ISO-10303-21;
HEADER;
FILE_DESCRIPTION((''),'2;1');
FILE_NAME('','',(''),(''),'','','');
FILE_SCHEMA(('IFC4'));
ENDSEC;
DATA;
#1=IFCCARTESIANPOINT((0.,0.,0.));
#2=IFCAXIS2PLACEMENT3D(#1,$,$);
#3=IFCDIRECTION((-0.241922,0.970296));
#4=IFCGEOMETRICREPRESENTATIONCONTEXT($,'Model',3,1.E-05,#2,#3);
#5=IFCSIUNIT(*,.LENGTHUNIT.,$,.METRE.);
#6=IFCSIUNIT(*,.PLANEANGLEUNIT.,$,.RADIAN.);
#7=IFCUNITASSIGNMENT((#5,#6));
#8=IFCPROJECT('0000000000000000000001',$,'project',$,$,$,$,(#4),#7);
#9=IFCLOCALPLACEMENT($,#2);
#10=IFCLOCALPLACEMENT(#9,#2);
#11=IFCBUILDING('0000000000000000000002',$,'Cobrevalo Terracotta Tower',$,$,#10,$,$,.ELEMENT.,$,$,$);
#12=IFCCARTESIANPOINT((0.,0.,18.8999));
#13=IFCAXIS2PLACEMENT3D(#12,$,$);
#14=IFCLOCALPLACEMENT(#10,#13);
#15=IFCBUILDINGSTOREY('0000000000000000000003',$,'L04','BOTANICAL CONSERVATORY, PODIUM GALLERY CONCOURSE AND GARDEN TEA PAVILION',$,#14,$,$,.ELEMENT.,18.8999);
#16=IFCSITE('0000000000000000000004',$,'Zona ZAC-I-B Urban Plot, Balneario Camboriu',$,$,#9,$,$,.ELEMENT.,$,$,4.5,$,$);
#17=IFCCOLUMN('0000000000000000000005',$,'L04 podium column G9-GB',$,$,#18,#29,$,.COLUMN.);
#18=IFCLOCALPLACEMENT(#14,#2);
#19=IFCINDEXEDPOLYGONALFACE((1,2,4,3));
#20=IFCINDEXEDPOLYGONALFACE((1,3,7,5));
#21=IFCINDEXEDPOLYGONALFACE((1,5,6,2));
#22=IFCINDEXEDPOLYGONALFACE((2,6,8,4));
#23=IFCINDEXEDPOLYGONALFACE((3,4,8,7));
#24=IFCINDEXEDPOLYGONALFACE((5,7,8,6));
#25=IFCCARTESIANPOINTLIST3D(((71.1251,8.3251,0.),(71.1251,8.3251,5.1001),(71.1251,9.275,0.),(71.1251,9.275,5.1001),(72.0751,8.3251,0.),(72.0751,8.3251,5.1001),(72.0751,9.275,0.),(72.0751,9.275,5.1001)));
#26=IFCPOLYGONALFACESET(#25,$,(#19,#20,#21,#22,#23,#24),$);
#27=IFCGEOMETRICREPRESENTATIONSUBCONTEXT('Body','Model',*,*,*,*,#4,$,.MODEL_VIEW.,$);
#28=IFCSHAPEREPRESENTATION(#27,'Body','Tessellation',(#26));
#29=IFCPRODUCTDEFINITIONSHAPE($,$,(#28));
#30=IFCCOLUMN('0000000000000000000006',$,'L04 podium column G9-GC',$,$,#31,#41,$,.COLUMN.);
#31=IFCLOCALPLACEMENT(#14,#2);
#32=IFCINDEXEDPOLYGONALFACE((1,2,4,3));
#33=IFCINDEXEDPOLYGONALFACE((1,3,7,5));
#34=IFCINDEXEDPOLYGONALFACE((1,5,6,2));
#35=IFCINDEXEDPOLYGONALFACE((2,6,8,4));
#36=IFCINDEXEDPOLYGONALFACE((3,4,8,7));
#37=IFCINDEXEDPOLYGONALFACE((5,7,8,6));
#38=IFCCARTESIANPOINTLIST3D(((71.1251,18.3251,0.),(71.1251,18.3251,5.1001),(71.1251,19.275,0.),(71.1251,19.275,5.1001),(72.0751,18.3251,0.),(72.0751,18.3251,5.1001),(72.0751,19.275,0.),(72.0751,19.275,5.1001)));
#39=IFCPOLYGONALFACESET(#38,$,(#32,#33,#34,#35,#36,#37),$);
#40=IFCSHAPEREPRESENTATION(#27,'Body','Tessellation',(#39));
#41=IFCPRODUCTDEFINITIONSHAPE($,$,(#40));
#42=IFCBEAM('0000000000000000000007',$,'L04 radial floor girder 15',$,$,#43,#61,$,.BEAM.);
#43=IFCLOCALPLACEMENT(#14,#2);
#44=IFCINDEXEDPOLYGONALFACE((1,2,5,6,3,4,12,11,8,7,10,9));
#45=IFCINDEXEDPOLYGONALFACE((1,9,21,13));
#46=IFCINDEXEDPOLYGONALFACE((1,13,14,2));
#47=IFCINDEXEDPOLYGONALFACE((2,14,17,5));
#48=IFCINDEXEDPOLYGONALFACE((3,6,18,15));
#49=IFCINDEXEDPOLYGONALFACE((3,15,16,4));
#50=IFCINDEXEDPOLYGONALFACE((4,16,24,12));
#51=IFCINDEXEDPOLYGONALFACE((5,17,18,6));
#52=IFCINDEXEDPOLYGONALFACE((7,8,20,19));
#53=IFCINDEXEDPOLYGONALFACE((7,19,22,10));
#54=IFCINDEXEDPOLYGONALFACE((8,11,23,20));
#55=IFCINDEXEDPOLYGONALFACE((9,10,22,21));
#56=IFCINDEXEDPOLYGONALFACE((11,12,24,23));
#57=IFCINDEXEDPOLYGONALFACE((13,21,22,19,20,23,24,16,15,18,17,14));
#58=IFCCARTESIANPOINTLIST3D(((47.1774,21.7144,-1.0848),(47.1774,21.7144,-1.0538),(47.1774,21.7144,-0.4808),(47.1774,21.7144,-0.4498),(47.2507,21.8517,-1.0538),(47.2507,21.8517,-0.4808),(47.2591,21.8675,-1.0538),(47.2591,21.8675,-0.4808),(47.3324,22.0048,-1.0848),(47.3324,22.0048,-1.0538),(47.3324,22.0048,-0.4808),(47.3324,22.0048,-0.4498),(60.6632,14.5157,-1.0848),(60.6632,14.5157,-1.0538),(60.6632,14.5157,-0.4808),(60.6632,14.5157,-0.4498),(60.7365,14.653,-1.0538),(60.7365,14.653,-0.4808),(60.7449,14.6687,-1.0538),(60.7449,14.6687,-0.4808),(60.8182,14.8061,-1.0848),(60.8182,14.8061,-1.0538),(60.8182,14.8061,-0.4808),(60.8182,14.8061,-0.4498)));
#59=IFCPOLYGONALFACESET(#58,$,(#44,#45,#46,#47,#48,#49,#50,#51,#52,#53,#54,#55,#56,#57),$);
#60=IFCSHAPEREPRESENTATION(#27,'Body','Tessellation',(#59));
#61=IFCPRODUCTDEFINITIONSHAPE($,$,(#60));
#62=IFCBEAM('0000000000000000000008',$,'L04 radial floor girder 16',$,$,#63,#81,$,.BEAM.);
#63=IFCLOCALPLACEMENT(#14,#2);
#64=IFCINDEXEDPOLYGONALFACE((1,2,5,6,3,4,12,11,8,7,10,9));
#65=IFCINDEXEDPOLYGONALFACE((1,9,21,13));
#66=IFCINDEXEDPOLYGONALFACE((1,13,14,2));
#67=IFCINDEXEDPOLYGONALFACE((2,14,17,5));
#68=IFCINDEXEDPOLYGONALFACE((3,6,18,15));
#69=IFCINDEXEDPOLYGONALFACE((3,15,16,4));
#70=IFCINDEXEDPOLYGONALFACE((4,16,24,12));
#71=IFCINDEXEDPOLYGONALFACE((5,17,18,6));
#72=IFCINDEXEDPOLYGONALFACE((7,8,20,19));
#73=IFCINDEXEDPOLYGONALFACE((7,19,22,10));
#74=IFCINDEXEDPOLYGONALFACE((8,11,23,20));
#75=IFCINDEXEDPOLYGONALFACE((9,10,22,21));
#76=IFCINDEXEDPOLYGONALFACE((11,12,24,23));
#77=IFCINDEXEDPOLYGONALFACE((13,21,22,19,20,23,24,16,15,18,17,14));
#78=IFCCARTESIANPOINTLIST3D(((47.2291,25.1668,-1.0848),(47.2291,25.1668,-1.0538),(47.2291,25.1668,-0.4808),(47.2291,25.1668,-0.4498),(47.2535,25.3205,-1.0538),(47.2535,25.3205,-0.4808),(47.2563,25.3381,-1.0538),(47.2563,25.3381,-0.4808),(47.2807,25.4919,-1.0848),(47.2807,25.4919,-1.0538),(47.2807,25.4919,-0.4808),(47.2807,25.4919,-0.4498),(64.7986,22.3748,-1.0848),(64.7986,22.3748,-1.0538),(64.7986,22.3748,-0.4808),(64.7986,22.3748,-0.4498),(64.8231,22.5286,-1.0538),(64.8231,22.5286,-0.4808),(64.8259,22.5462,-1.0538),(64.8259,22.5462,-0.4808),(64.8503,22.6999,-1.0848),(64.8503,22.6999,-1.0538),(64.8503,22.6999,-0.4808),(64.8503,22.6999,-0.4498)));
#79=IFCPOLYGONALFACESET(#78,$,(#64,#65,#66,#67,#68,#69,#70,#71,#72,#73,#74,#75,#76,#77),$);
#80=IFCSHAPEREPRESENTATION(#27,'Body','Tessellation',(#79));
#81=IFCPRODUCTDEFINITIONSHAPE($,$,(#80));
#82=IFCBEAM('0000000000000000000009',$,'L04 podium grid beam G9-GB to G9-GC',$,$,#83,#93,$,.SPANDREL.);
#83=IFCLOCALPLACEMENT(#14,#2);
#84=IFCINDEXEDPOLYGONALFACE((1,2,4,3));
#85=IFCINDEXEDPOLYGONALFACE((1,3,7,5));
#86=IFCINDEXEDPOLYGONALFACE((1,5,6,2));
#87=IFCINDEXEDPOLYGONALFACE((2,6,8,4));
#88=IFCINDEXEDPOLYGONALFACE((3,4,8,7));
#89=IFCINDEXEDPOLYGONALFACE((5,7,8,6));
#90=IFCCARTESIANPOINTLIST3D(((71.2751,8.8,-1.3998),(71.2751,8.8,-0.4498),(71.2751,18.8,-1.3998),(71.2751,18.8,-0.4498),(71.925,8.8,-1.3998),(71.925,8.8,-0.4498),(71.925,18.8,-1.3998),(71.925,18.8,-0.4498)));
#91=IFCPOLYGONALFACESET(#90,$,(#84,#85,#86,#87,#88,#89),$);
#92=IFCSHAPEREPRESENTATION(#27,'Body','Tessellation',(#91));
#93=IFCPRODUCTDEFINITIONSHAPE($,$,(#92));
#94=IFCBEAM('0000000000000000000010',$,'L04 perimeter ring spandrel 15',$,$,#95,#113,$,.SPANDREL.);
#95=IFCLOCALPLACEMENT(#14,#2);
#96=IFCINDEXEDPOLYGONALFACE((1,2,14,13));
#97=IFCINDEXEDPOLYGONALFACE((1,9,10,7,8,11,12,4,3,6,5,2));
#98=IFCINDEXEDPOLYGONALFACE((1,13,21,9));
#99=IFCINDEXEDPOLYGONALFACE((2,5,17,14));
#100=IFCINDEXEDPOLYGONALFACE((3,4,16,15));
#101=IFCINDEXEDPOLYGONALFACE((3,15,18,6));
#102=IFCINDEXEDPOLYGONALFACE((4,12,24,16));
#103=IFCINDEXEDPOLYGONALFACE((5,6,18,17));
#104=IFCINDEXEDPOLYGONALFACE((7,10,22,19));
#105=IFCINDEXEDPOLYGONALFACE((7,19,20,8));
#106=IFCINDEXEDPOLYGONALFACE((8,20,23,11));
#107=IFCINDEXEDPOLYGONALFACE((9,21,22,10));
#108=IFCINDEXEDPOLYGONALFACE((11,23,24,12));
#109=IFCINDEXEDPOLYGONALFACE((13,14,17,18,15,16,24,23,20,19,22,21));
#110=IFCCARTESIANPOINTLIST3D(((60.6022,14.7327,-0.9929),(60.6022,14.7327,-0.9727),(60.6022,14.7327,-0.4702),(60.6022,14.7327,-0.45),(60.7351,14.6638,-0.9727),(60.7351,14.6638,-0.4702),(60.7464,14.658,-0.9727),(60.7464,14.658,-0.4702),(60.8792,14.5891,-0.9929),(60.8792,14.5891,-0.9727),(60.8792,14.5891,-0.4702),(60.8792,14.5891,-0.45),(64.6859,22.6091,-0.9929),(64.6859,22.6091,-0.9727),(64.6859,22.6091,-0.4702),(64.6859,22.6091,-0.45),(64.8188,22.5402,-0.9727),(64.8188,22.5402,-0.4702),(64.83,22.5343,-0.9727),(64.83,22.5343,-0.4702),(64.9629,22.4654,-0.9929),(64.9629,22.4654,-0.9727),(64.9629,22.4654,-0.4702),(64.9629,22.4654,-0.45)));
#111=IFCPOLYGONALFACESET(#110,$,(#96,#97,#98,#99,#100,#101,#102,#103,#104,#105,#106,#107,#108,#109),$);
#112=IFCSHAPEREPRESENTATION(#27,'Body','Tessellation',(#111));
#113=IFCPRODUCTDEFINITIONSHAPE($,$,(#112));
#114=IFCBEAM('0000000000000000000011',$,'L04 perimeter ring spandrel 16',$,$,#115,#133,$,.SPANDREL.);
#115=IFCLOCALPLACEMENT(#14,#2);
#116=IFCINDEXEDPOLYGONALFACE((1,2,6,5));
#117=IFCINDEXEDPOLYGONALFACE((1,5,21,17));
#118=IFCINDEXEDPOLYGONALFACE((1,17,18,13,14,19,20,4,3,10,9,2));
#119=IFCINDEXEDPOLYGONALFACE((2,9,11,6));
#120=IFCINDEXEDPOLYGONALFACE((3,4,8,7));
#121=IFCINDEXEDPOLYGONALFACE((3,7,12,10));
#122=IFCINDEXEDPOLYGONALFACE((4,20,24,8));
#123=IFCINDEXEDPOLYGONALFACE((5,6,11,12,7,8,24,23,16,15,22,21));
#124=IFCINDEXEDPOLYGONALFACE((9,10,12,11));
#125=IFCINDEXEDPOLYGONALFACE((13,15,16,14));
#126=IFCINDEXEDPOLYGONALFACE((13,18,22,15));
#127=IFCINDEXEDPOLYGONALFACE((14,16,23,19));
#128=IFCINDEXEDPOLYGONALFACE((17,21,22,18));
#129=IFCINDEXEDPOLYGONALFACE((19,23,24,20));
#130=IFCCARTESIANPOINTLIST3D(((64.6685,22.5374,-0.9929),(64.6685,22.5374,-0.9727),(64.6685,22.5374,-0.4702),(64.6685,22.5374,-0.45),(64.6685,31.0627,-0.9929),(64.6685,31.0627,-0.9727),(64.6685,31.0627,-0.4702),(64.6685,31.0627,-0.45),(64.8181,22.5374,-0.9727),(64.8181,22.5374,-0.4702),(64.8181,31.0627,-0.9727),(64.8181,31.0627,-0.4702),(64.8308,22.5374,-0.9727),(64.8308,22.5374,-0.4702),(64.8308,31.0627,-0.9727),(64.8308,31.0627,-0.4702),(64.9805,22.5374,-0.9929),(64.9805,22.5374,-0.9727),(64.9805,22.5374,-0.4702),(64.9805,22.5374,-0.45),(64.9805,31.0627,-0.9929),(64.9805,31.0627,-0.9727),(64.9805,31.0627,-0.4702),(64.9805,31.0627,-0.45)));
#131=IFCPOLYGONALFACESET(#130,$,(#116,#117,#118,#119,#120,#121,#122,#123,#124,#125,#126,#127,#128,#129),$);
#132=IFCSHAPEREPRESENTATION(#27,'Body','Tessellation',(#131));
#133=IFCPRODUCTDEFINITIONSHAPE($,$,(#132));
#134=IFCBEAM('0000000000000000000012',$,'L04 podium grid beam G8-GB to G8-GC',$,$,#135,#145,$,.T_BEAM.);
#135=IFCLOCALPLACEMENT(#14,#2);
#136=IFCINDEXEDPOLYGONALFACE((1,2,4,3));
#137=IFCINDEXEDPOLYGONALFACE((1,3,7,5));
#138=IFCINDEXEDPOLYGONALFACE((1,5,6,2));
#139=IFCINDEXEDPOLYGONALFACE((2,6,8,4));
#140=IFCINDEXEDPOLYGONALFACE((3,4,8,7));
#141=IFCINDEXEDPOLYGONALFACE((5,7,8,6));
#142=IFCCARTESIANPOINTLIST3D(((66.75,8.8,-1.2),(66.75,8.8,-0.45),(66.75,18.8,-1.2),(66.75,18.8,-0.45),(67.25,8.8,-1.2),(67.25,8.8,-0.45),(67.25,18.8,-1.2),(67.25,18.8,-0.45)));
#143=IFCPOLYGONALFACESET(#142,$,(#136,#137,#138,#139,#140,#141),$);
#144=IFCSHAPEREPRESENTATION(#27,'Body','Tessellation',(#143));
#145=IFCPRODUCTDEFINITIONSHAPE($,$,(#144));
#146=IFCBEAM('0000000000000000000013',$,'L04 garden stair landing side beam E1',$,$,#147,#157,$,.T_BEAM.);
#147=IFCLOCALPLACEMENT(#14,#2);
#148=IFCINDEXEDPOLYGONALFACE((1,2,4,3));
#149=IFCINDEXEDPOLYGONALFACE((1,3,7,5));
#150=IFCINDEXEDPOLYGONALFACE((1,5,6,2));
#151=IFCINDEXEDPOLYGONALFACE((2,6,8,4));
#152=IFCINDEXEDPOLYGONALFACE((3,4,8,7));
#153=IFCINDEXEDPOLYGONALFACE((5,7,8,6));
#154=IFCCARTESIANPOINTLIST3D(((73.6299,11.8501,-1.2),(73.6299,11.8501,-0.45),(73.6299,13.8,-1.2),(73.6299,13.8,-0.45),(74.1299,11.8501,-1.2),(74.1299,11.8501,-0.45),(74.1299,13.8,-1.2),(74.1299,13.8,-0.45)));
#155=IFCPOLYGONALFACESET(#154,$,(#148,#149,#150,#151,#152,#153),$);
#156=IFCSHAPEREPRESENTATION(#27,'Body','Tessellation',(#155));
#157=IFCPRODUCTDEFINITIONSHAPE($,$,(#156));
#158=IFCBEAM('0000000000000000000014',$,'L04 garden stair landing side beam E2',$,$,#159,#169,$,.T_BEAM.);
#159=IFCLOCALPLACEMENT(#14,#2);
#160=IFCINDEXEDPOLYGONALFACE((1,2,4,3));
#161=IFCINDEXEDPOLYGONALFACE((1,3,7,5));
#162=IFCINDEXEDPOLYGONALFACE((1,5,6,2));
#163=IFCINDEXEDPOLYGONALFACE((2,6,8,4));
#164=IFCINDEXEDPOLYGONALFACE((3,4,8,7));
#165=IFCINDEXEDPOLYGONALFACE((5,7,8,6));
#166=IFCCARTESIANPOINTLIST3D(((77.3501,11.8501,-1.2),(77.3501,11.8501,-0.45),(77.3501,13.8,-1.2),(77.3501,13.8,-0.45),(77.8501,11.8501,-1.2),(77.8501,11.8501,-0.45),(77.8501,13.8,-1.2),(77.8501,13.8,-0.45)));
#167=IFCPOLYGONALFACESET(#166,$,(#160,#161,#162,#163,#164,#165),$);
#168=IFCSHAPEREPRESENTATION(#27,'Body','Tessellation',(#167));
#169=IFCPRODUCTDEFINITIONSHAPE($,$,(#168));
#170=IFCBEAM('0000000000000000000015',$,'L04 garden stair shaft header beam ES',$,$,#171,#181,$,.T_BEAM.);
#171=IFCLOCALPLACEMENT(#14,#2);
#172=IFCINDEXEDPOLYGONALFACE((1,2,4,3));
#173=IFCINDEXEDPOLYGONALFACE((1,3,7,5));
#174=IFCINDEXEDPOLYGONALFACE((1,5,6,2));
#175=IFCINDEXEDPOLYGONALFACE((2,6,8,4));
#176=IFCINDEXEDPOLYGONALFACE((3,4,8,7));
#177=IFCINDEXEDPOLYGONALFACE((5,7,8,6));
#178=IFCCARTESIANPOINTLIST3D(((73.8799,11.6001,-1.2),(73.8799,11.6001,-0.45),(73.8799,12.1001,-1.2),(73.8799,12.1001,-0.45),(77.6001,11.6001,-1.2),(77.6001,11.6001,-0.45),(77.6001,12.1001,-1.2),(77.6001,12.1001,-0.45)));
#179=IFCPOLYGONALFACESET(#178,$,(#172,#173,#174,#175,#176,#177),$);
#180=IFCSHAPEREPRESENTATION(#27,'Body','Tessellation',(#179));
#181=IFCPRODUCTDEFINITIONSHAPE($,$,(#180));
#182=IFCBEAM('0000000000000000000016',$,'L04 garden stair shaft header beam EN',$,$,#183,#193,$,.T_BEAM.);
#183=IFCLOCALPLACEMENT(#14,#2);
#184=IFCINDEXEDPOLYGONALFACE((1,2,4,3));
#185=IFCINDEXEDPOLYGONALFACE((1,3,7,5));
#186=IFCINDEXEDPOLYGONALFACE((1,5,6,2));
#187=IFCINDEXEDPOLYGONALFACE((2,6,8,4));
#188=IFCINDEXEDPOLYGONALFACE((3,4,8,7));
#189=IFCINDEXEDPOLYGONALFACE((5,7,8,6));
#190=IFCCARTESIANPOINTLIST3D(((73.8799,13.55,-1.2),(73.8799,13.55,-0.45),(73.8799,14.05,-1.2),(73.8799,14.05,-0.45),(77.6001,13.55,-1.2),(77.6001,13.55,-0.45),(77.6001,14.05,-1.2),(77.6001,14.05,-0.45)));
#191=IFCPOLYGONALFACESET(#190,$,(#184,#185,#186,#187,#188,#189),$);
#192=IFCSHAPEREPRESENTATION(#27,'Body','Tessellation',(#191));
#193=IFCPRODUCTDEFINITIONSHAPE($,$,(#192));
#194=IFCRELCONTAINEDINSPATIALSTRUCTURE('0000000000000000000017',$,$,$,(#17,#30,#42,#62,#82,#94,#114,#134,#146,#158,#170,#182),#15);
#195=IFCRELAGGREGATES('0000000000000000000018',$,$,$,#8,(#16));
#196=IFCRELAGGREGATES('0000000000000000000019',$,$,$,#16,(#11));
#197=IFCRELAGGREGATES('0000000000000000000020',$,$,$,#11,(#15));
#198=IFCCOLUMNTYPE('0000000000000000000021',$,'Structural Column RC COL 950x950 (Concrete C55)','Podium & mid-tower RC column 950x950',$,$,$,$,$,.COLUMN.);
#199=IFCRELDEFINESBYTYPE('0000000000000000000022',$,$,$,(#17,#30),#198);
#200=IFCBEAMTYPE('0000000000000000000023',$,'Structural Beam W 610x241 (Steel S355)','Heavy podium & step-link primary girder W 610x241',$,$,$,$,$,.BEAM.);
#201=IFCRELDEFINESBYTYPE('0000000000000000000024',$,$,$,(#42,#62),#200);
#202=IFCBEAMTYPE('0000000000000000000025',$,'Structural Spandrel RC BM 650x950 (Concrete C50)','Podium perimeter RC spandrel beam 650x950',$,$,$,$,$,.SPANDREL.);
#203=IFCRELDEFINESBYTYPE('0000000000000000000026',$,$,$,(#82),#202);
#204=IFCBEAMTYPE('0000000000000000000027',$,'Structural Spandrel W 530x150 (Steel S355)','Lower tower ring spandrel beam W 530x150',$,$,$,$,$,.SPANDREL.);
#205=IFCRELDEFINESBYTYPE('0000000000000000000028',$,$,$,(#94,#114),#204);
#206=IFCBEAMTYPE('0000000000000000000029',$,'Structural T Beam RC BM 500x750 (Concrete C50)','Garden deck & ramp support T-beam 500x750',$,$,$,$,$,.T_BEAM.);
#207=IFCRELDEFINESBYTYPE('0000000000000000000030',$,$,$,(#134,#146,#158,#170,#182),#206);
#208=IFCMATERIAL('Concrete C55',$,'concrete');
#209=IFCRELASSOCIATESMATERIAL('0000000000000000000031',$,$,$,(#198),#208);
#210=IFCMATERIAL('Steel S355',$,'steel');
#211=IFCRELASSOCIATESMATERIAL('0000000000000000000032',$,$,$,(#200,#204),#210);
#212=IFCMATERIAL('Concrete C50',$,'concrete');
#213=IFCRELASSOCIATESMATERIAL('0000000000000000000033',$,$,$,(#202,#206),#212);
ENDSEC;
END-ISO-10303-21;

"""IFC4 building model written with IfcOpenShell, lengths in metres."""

from ifc_helpers import new_model, si_unit, direction, frame, origin, origin_2d, place, context, subcontext, project, spatial, rectangle, i_section, extrude, material, material_profile, profile_set, type_object, element, save


model = new_model("IFC4")

# Units and contexts
model_context = context("Model", 3, precision=1e-05, world=origin(), true_north=direction((-0.241922, 0.970296)))
body_context = subcontext(model_context, "Body", "Model", "MODEL_VIEW")
ifc_project = project(units=[si_unit("LENGTHUNIT", "METRE"), si_unit("PLANEANGLEUNIT", "RADIAN")], contexts=[model_context])

# Site, building, storey
site_placement = place(None, origin())
site = spatial("IfcSite", under=ifc_project, at=site_placement, Name="Zona ZAC-I-B Urban Plot, Balneario Camboriu", CompositionType="ELEMENT", RefElevation=4.5)
building_placement = place(site_placement, origin())
building = spatial("IfcBuilding", under=site, at=building_placement, Name="Cobrevalo Terracotta Tower", CompositionType="ELEMENT")
storey_placement = place(building_placement, frame((0.0, 0.0, 18.8999)))
storey = spatial("IfcBuildingStorey", under=building, at=storey_placement, Name="L04", Description="BOTANICAL CONSERVATORY, PODIUM GALLERY CONCOURSE AND GARDEN TEA PAVILION", CompositionType="ELEMENT", Elevation=18.8999)

# Columns
ifc_material_1 = material(Name="Steel S355", Category="steel")
ifc_material_2 = material(Name="Concrete C50", Category="concrete")
ifc_material_3 = material(Name="Concrete C55", Category="concrete")
ifc_material_profile_1 = material_profile(ifc_material_3, rectangle(XDim=0.95, YDim=0.95, at=origin_2d()), Name="RC COL 950x950")
ifc_profile_set_1 = profile_set([ifc_material_profile_1], Name="Concrete C55")
column_type_1 = type_object("IfcColumnType", Name="Structural Column RC COL 950x950 (Concrete C55)", Description="Podium & mid-tower RC column 950x950", PredefinedType="COLUMN", material=ifc_profile_set_1)
for number, where, z_axis, x_axis, name in (
    (1, (71.6001, 8.8, 0.0), (0.0, 0.0, 1.0), (1.0, 0.0, 0.0), "L04 podium column G9-GB"),
    (2, (71.6001, 18.8, 0.0), (0.0, 0.0, 1.0), (1.0, 0.0, 0.0), "L04 podium column G9-GC"),
):
    element("IfcColumn", number, at=place(storey_placement, frame(where, z_axis=z_axis, x_axis=x_axis)), inside=storey, type_object=column_type_1, Name=name, PredefinedType="COLUMN", context=body_context, shape_type="SweptSolid", body=[
        extrude(rectangle(XDim=0.95, YDim=0.95, at=origin_2d()), origin(), (0.0, 0.0, 1.0), 5.1001),
    ])

# Beams
ifc_material_profile_2 = material_profile(ifc_material_1, i_section(OverallWidth=0.3291, OverallDepth=0.635, WebThickness=0.0178, FlangeThickness=0.031, at=origin_2d()), Name="W 610x241")
ifc_profile_set_2 = profile_set([ifc_material_profile_2], Name="Steel S355")
beam_type_1 = type_object("IfcBeamType", Name="Structural Beam W 610x241 (Steel S355)", Description="Heavy podium & step-link primary girder W 610x241", PredefinedType="BEAM", material=ifc_profile_set_2)
beam_1_placement = place(storey_placement, frame((60.7407, 14.6609, -0.7673), z_axis=(-0.882182, 0.470908, 0.0), x_axis=(-0.470908, -0.882182, 0.0)))
element("IfcBeam", 3, at=beam_1_placement, inside=storey, type_object=beam_type_1, Name="L04 radial floor girder 15", PredefinedType="BEAM", context=body_context, shape_type="SweptSolid", body=[
    extrude(i_section(OverallWidth=0.3291, OverallDepth=0.635, WebThickness=0.0178, FlangeThickness=0.031, at=origin_2d()), origin(), (0.0, 0.0, 1.0), 15.2869),
])
beam_2_placement = place(storey_placement, frame((64.8245, 22.5374, -0.7673), z_axis=(-0.987608, 0.156941, 0.0), x_axis=(-0.156941, -0.987608, 0.0)))
element("IfcBeam", 4, at=beam_2_placement, inside=storey, type_object=beam_type_1, Name="L04 radial floor girder 16", PredefinedType="BEAM", context=body_context, shape_type="SweptSolid", body=[
    extrude(i_section(OverallWidth=0.3291, OverallDepth=0.635, WebThickness=0.0178, FlangeThickness=0.031, at=origin_2d()), origin(), (0.0, 0.0, 1.0), 17.79),
])
ifc_material_profile_3 = material_profile(ifc_material_2, rectangle(XDim=0.6499, YDim=0.95, at=origin_2d()), Name="RC BM 650x950")
ifc_profile_set_3 = profile_set([ifc_material_profile_3], Name="Concrete C50")
beam_type_2 = type_object("IfcBeamType", Name="Structural Spandrel RC BM 650x950 (Concrete C50)", Description="Podium perimeter RC spandrel beam 650x950", PredefinedType="SPANDREL", material=ifc_profile_set_3)
beam_3_placement = place(storey_placement, frame((71.6001, 8.8, -0.9248), z_axis=(0.0, 1.0, 0.0), x_axis=(-1.0, 0.0, 0.0)))
element("IfcBeam", 5, at=beam_3_placement, inside=storey, type_object=beam_type_2, Name="L04 podium grid beam G9-GB to G9-GC", PredefinedType="SPANDREL", context=body_context, shape_type="SweptSolid", body=[
    extrude(rectangle(XDim=0.6499, YDim=0.95, at=origin_2d()), origin(), (0.0, 0.0, 1.0), 10.0),
])
ifc_material_profile_4 = material_profile(ifc_material_1, i_section(OverallWidth=0.312, OverallDepth=0.543, WebThickness=0.0127, FlangeThickness=0.0203, at=origin_2d()), Name="W 530x150")
ifc_profile_set_4 = profile_set([ifc_material_profile_4], Name="Steel S355")
beam_type_3 = type_object("IfcBeamType", Name="Structural Spandrel W 530x150 (Steel S355)", Description="Lower tower ring spandrel beam W 530x150", PredefinedType="SPANDREL", material=ifc_profile_set_4)
beam_4_placement = place(storey_placement, frame((60.7407, 14.6609, -0.7214), z_axis=(0.460286, 0.887771, 0.0), x_axis=(-0.887771, 0.460286, 0.0)))
element("IfcBeam", 6, at=beam_4_placement, inside=storey, type_object=beam_type_3, Name="L04 perimeter ring spandrel 15", PredefinedType="SPANDREL", context=body_context, shape_type="SweptSolid", body=[
    extrude(i_section(OverallWidth=0.312, OverallDepth=0.543, WebThickness=0.0127, FlangeThickness=0.0203, at=origin_2d()), origin(), (0.0, 0.0, 1.0), 8.8721),
])
beam_5_placement = place(storey_placement, frame((64.8245, 22.5374, -0.7214), z_axis=(0.0, 1.0, 0.0), x_axis=(-1.0, 0.0, 0.0)))
element("IfcBeam", 7, at=beam_5_placement, inside=storey, type_object=beam_type_3, Name="L04 perimeter ring spandrel 16", PredefinedType="SPANDREL", context=body_context, shape_type="SweptSolid", body=[
    extrude(i_section(OverallWidth=0.312, OverallDepth=0.543, WebThickness=0.0127, FlangeThickness=0.0203, at=origin_2d()), origin(), (0.0, 0.0, 1.0), 8.5254),
])
ifc_material_profile_5 = material_profile(ifc_material_2, rectangle(XDim=0.5, YDim=0.75, at=origin_2d()), Name="RC BM 500x750")
ifc_profile_set_5 = profile_set([ifc_material_profile_5], Name="Concrete C50")
beam_type_4 = type_object("IfcBeamType", Name="Structural T Beam RC BM 500x750 (Concrete C50)", Description="Garden deck & ramp support T-beam 500x750", PredefinedType="T_BEAM", material=ifc_profile_set_5)
beam_6_placement = place(storey_placement, frame((67.0, 8.8, -0.825), z_axis=(0.0, 1.0, 0.0), x_axis=(-1.0, 0.0, 0.0)))
element("IfcBeam", 8, at=beam_6_placement, inside=storey, type_object=beam_type_4, Name="L04 podium grid beam G8-GB to G8-GC", PredefinedType="T_BEAM", context=body_context, shape_type="SweptSolid", body=[
    extrude(rectangle(XDim=0.5, YDim=0.75, at=origin_2d()), origin(), (0.0, 0.0, 1.0), 10.0),
])
for number, where, z_axis, x_axis, name in (
    (9, (73.8799, 11.8501, -0.825), (0.0, 1.0, 0.0), (-1.0, 0.0, 0.0), "L04 garden stair landing side beam E1"),
    (10, (77.6001, 11.8501, -0.825), (0.0, 1.0, 0.0), (-1.0, 0.0, 0.0), "L04 garden stair landing side beam E2"),
):
    element("IfcBeam", number, at=place(storey_placement, frame(where, z_axis=z_axis, x_axis=x_axis)), inside=storey, type_object=beam_type_4, Name=name, PredefinedType="T_BEAM", context=body_context, shape_type="SweptSolid", body=[
        extrude(rectangle(XDim=0.5, YDim=0.75, at=origin_2d()), origin(), (0.0, 0.0, 1.0), 1.95),
    ])
for number, where, z_axis, x_axis, name in (
    (11, (73.8799, 11.8501, -0.825), (1.0, 0.0, 0.0), (0.0, 1.0, 0.0), "L04 garden stair shaft header beam ES"),
    (12, (73.8799, 13.8, -0.825), (1.0, 0.0, 0.0), (0.0, 1.0, 0.0), "L04 garden stair shaft header beam EN"),
):
    element("IfcBeam", number, at=place(storey_placement, frame(where, z_axis=z_axis, x_axis=x_axis)), inside=storey, type_object=beam_type_4, Name=name, PredefinedType="T_BEAM", context=body_context, shape_type="SweptSolid", body=[
        extrude(rectangle(XDim=0.5, YDim=0.75, at=origin_2d()), origin(), (0.0, 0.0, 1.0), 3.7202),
    ])

save(model, "model.ifc")
